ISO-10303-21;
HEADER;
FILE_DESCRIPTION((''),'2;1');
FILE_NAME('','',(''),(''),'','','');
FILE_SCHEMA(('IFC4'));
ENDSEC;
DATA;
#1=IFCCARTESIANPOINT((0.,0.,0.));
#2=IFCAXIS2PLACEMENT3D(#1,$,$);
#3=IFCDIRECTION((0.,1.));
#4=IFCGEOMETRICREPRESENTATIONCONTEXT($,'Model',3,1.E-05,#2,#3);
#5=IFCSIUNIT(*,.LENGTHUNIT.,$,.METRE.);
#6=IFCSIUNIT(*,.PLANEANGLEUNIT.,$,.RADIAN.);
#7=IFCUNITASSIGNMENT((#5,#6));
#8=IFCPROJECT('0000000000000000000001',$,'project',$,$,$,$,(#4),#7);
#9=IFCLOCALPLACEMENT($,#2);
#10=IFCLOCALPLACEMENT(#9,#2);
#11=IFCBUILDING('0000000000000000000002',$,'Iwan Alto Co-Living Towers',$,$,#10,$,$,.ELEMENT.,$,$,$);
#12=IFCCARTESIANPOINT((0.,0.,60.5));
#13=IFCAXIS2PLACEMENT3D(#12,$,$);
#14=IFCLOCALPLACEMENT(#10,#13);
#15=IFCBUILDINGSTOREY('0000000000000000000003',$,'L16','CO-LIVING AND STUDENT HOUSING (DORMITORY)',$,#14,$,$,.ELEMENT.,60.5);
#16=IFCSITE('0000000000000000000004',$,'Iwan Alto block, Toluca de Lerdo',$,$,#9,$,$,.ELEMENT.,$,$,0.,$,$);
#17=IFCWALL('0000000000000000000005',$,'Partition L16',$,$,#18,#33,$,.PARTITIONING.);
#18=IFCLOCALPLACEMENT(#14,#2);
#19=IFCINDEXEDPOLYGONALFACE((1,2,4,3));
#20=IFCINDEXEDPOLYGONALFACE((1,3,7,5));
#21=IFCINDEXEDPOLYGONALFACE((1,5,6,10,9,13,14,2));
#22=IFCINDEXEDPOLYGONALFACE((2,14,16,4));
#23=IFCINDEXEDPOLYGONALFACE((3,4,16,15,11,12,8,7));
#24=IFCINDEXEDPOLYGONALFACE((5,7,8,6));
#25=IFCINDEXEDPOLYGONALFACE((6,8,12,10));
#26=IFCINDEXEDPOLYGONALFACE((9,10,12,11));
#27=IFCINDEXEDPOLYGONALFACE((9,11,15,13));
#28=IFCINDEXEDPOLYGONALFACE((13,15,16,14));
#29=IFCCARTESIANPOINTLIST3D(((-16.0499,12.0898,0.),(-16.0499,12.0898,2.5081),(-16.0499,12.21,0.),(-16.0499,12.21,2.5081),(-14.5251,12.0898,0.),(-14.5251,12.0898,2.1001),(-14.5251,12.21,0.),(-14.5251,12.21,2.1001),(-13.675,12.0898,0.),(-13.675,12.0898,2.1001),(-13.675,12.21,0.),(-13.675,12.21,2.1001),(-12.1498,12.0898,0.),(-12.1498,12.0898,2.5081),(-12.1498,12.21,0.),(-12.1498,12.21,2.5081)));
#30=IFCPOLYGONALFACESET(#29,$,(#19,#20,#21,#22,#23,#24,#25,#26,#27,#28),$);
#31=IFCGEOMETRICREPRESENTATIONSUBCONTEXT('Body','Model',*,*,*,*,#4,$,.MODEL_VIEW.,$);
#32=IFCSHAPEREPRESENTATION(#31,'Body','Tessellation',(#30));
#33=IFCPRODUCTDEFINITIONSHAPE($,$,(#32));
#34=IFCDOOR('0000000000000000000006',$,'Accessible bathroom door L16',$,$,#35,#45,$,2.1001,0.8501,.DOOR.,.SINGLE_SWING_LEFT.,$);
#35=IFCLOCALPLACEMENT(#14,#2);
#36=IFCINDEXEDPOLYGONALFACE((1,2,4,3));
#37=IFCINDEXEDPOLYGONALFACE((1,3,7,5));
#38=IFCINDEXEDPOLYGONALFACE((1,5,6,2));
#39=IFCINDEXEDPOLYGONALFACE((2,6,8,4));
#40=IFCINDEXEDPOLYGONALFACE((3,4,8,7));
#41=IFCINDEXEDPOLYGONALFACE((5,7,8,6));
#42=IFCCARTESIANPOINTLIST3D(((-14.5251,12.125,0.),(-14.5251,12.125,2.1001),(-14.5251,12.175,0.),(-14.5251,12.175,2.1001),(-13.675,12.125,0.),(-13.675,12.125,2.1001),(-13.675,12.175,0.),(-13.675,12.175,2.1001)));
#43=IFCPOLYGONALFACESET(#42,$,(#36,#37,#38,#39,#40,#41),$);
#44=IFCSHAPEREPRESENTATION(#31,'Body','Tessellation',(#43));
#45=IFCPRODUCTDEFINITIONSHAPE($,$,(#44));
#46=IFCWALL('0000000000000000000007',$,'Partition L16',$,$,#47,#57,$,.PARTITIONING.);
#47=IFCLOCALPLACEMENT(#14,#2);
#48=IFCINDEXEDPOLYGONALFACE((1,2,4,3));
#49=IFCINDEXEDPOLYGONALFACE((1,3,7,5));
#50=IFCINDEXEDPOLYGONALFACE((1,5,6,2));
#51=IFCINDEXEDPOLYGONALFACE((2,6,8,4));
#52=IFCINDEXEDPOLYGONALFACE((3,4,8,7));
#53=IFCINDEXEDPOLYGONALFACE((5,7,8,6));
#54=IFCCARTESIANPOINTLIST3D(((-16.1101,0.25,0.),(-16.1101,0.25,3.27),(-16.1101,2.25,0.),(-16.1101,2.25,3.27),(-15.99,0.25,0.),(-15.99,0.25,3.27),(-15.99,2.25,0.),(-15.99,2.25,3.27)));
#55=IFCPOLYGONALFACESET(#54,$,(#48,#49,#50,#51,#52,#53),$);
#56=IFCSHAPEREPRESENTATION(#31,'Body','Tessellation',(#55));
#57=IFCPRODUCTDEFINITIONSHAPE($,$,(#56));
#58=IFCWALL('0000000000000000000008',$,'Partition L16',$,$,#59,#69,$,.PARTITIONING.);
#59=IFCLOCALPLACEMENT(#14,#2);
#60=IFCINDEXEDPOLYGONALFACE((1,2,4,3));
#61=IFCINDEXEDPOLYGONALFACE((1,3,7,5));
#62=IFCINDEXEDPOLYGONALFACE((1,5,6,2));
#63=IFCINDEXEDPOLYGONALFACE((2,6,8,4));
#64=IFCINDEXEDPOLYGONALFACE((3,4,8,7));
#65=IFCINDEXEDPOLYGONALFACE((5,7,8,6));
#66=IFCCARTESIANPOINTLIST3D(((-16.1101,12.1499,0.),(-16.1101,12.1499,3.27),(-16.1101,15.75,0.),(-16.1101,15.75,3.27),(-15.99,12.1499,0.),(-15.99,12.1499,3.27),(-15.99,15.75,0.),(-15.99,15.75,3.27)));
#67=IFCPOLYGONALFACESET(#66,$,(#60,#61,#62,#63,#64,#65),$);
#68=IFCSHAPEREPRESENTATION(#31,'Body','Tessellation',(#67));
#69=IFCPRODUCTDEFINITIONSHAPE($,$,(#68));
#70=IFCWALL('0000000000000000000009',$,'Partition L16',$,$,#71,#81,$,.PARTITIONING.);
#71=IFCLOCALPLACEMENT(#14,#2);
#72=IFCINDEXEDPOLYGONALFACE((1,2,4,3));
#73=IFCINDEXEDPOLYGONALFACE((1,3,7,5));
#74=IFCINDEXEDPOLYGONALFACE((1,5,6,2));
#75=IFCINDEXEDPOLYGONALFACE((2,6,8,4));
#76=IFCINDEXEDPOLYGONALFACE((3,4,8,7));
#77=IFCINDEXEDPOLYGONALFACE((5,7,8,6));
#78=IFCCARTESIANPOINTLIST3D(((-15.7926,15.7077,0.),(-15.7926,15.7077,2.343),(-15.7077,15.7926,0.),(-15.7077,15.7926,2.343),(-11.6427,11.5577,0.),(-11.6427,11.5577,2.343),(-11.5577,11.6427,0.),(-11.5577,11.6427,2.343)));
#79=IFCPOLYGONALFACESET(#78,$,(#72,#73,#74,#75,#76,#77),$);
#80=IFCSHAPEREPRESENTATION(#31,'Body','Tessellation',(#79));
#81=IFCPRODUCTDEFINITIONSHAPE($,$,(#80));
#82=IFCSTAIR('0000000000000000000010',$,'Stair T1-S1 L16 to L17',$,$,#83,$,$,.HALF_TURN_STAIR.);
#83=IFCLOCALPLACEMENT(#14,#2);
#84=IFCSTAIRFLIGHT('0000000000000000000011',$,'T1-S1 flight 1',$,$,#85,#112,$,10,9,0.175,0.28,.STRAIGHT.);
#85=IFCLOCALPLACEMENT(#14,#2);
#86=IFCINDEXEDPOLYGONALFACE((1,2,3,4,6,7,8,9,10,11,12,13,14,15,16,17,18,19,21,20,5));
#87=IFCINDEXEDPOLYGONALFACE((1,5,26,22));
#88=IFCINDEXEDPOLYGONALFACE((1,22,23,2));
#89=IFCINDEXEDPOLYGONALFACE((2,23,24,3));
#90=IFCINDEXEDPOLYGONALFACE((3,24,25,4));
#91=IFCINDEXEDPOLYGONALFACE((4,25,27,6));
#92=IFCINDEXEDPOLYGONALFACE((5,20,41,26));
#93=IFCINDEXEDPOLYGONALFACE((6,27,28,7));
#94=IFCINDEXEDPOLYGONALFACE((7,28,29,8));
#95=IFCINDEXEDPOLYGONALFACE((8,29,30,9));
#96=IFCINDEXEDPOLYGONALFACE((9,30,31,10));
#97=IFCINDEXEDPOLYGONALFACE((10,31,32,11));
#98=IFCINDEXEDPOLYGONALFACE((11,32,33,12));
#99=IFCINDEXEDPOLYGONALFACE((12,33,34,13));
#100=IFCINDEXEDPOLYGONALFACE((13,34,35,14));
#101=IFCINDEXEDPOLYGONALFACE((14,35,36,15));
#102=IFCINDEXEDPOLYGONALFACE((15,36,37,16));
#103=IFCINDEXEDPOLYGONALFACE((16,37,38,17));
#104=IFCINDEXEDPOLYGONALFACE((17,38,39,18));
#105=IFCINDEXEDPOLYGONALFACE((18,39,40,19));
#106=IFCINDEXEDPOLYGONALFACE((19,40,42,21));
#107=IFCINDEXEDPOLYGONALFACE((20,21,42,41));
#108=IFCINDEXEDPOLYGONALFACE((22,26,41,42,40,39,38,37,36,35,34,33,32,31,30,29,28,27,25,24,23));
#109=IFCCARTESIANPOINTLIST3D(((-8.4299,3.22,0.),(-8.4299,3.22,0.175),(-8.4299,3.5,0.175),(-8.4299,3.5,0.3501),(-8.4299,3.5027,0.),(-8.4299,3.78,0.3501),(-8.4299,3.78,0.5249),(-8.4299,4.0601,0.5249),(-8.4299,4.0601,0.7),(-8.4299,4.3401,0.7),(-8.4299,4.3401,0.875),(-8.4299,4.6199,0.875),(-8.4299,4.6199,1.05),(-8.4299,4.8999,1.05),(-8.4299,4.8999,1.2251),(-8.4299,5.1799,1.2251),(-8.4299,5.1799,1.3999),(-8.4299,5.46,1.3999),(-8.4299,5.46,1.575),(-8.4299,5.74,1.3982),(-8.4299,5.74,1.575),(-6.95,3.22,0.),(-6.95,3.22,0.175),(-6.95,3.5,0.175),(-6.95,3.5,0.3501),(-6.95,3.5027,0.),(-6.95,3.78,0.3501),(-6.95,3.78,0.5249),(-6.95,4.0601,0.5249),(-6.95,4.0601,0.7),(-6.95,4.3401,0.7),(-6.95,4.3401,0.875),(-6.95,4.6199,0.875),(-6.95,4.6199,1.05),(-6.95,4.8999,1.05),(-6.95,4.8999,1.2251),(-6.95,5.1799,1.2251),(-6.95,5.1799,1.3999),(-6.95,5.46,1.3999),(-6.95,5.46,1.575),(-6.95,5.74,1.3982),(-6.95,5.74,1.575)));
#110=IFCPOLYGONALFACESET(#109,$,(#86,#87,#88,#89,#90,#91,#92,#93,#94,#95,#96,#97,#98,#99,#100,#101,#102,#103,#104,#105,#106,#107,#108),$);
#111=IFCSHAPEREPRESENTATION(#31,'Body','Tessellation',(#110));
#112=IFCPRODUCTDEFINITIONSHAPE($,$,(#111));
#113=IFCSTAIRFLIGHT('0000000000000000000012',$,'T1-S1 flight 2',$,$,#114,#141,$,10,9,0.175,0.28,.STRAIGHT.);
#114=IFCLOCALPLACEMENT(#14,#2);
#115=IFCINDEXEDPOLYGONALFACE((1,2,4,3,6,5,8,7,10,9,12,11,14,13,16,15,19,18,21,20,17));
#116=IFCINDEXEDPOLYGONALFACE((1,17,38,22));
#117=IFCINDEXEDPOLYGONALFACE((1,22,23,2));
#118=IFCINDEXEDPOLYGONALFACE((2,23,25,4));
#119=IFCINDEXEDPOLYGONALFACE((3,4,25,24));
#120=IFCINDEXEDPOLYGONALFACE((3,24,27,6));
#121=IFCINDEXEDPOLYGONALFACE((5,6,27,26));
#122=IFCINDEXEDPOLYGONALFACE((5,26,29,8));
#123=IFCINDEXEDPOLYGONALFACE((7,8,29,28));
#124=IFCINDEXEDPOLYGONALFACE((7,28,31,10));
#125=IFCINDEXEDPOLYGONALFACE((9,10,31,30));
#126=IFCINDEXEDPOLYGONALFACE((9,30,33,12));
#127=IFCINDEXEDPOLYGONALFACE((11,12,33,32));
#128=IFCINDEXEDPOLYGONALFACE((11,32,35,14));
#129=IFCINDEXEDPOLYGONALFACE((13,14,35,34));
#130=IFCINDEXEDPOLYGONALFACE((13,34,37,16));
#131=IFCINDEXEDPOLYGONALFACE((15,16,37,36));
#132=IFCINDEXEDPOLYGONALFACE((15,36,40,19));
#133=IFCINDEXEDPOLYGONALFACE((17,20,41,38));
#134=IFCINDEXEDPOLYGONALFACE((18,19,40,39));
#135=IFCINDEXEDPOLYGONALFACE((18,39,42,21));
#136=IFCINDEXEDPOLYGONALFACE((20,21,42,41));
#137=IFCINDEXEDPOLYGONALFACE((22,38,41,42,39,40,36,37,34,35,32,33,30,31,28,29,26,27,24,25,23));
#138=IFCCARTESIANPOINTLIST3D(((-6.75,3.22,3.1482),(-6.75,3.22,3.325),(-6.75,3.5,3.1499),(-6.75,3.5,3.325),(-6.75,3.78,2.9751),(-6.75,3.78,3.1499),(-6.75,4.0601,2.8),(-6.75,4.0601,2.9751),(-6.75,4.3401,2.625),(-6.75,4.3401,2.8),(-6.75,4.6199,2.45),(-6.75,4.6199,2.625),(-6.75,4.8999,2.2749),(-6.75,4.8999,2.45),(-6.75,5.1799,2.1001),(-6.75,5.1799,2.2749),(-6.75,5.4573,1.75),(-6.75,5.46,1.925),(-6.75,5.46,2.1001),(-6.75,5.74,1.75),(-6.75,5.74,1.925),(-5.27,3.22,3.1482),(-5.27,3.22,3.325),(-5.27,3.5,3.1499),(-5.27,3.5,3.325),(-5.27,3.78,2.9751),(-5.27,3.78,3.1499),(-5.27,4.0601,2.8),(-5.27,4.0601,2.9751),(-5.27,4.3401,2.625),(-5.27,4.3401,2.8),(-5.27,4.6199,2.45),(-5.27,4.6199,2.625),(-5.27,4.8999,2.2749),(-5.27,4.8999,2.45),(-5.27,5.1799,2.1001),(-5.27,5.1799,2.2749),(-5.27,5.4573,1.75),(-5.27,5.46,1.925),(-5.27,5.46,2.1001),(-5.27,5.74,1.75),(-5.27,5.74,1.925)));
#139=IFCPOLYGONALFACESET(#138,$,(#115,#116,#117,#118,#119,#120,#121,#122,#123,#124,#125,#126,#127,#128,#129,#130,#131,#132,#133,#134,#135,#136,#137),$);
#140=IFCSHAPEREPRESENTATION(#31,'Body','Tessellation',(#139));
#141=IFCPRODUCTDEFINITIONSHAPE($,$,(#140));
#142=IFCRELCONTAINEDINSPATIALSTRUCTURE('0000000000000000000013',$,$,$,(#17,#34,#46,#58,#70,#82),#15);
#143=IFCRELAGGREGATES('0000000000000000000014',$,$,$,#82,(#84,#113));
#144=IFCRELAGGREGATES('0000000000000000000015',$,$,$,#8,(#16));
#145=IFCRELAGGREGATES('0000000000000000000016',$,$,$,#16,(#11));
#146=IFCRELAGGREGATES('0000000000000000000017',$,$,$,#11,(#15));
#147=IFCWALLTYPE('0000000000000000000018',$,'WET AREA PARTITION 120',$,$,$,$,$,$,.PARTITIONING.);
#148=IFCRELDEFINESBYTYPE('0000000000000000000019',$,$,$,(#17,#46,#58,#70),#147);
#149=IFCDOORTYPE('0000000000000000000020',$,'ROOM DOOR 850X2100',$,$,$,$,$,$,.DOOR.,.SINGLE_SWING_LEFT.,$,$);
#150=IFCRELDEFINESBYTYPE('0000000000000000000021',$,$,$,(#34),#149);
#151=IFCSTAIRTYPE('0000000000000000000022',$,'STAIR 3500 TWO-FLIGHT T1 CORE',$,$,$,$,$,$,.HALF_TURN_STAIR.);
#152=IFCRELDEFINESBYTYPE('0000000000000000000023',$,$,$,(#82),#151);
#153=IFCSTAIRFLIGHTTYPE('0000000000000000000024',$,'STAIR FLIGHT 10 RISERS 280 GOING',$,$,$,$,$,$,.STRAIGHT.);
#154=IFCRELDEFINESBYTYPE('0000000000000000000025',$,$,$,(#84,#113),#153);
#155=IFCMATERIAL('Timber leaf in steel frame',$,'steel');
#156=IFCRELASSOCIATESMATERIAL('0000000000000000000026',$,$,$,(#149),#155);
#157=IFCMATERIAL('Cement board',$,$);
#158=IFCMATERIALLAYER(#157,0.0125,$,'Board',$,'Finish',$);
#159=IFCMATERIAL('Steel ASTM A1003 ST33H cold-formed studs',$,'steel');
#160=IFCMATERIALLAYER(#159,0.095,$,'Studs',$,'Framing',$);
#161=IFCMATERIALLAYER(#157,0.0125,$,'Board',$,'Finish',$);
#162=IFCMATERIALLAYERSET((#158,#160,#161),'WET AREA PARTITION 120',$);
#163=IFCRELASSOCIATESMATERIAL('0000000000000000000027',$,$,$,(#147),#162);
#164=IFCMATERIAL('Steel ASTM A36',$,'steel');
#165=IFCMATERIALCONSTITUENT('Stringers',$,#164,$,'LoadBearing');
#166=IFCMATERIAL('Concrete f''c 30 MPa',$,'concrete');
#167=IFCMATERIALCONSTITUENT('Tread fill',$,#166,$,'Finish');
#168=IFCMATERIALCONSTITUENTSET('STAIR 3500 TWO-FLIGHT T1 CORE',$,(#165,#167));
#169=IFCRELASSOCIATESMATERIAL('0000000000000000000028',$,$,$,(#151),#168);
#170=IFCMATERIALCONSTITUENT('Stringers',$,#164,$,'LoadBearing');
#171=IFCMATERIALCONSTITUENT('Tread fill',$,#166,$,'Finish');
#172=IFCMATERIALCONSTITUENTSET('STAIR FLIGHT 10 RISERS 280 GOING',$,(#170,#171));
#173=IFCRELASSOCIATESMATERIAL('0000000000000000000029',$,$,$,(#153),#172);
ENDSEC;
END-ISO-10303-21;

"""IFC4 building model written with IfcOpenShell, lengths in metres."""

from ifc_helpers import new_model, si_unit, direction, frame, frame_2d, origin, place, context, subcontext, project, spatial, polyline, rectangle, outline, extrude, material, layer, layer_set, constituent, constituent_set, type_object, element, fill, aggregate, save


model = new_model("IFC4")

# Units and contexts
model_context = context("Model", 3, precision=1e-05, world=origin(), true_north=direction((0.0, 1.0)))
body_context = subcontext(model_context, "Body", "Model", "MODEL_VIEW")
ifc_project = project(units=[si_unit("LENGTHUNIT", "METRE"), si_unit("PLANEANGLEUNIT", "RADIAN")], contexts=[model_context])

# Site, building, storey
site_placement = place(None, origin())
site = spatial("IfcSite", under=ifc_project, at=site_placement, Name="Iwan Alto block, Toluca de Lerdo", CompositionType="ELEMENT", RefElevation=0.0)
building_placement = place(site_placement, origin())
building = spatial("IfcBuilding", under=site, at=building_placement, Name="Iwan Alto Co-Living Towers", CompositionType="ELEMENT")
storey_placement = place(building_placement, frame((0.0, 0.0, 60.5)))
storey = spatial("IfcBuildingStorey", under=building, at=storey_placement, Name="L16", Description="CO-LIVING AND STUDENT HOUSING (DORMITORY)", CompositionType="ELEMENT", Elevation=60.5)

# Shared definitions
ifc_material_1 = material(Name="Steel ASTM A1003 ST33H cold-formed studs", Category="steel")

# Shared definitions
ifc_material_2 = material(Name="Timber leaf in steel frame", Category="steel")
door_type_1 = type_object("IfcDoorType", Name="ROOM DOOR 850X2100", OperationType="SINGLE_SWING_LEFT", PredefinedType="DOOR", material=ifc_material_2)

# Wall, opening, door
ifc_material_3 = material(Name="Cement board")
ifc_layer_1 = layer(ifc_material_3, 0.0125, Name="Board", Category="Finish")
ifc_layer_2 = layer(ifc_material_1, 0.095, Name="Studs", Category="Framing")
ifc_layer_3 = layer(ifc_material_3, 0.0125, Name="Board", Category="Finish")
ifc_layer_set_1 = layer_set([ifc_layer_1, ifc_layer_2, ifc_layer_3], Name="WET AREA PARTITION 120")
wall_type_1 = type_object("IfcWallType", Name="WET AREA PARTITION 120", PredefinedType="PARTITIONING", material=ifc_layer_set_1)
wall_1_placement = place(storey_placement, frame((-16.05, 12.1499, 0.0), z_axis=(0.0, 0.0, 1.0), x_axis=(1.0, 0.0, 0.0)))
wall_1 = element("IfcWall", 1, at=wall_1_placement, inside=storey, type_object=wall_type_1, Name="Partition L16", PredefinedType="PARTITIONING", context=body_context, shape_type="SweptSolid", body=[
    extrude(rectangle(XDim=3.9001, YDim=0.1201, at=frame_2d((1.9502, 0.0))), origin(), (0.0, 0.0, 1.0), 2.5081),
])
opening_1_placement = place(wall_1_placement, frame((1.5249, 0.0, 0.0)))
opening_1 = element("IfcOpeningElement", 2, at=opening_1_placement, cuts=wall_1, PredefinedType="OPENING", context=body_context, shape_type="SweptSolid", body=[
    extrude(rectangle(XDim=0.8501, YDim=2.1001, at=frame_2d((0.425, 1.05))), frame((0.0, 0.0701, 0.0), z_axis=(0.0, -1.0, 0.0), x_axis=(1.0, 0.0, 0.0)), (0.0, 0.0, 1.0), 0.1401),
])
door_1_placement = place(opening_1_placement, frame((0.8501, 0.0, 0.0), z_axis=(0.0, 0.0, 1.0), x_axis=(-1.0, 0.0, 0.0)))
door_1 = element("IfcDoor", 3, at=door_1_placement, inside=storey, type_object=door_type_1, Name="Accessible bathroom door L16", OperationType="SINGLE_SWING_LEFT", OverallHeight=2.1001, OverallWidth=0.8501, PredefinedType="DOOR", context=body_context, shape_type="SweptSolid", body=[
    extrude(rectangle(XDim=0.8501, YDim=2.1001, at=frame_2d((0.425, 1.05))), frame((0.0, 0.0249, 0.0), z_axis=(0.0, -1.0, 0.0), x_axis=(1.0, 0.0, 0.0)), (0.0, 0.0, 1.0), 0.05),
])
fill(opening_1, door_1)

# Walls
wall_2_placement = place(storey_placement, frame((-16.05, 0.25, 0.0), z_axis=(0.0, 0.0, 1.0), x_axis=(0.0, 1.0, 0.0)))
element("IfcWall", 4, at=wall_2_placement, inside=storey, type_object=wall_type_1, Name="Partition L16", PredefinedType="PARTITIONING", context=body_context, shape_type="SweptSolid", body=[
    extrude(rectangle(XDim=2.0, YDim=0.1201, at=frame_2d((1.0, 0.0))), origin(), (0.0, 0.0, 1.0), 3.27),
])
wall_3_placement = place(storey_placement, frame((-16.05, 12.1499, 0.0), z_axis=(0.0, 0.0, 1.0), x_axis=(0.0, 1.0, 0.0)))
element("IfcWall", 5, at=wall_3_placement, inside=storey, type_object=wall_type_1, Name="Partition L16", PredefinedType="PARTITIONING", context=body_context, shape_type="SweptSolid", body=[
    extrude(rectangle(XDim=3.6001, YDim=0.1201, at=frame_2d((1.8, 0.0))), origin(), (0.0, 0.0, 1.0), 3.27),
])
wall_4_placement = place(storey_placement, frame((-11.6001, 11.6001, 0.0), z_axis=(0.0, 0.0, 1.0), x_axis=(-0.707107, 0.707107, 0.0)))
element("IfcWall", 6, at=wall_4_placement, inside=storey, type_object=wall_type_1, Name="Partition L16", PredefinedType="PARTITIONING", context=body_context, shape_type="SweptSolid", body=[
    extrude(rectangle(XDim=5.8689, YDim=0.1201, at=frame_2d((2.9346, 0.0))), origin(), (0.0, 0.0, 1.0), 2.343),
])

# Stair, stair flights
ifc_material_4 = material(Name="Steel ASTM A36", Category="steel")
ifc_constituent_1 = constituent(ifc_material_4, Name="Stringers", Category="LoadBearing")
ifc_material_5 = material(Name="Concrete f'c 30 MPa", Category="concrete")
ifc_constituent_2 = constituent(ifc_material_5, Name="Tread fill", Category="Finish")
ifc_constituent_set_1 = constituent_set(constituents=[ifc_constituent_1, ifc_constituent_2], Name="STAIR 3500 TWO-FLIGHT T1 CORE")
stair_type = type_object("IfcStairType", Name="STAIR 3500 TWO-FLIGHT T1 CORE", PredefinedType="HALF_TURN_STAIR", material=ifc_constituent_set_1)
stair_placement = place(storey_placement, origin())
stair = element("IfcStair", 7, at=stair_placement, inside=storey, type_object=stair_type, Name="Stair T1-S1 L16 to L17", PredefinedType="HALF_TURN_STAIR")
ifc_constituent_3 = constituent(ifc_material_4, Name="Stringers", Category="LoadBearing")
ifc_constituent_4 = constituent(ifc_material_5, Name="Tread fill", Category="Finish")
ifc_constituent_set_2 = constituent_set(constituents=[ifc_constituent_3, ifc_constituent_4], Name="STAIR FLIGHT 10 RISERS 280 GOING")
stair_flight_type = type_object("IfcStairFlightType", Name="STAIR FLIGHT 10 RISERS 280 GOING", PredefinedType="STRAIGHT", material=ifc_constituent_set_2)
stair_flight_1_placement = place(storey_placement, frame((-7.6899, 3.22, 0.0), z_axis=(0.0, 0.0, 1.0), x_axis=(0.0, 1.0, 0.0)))
stair_flight_1 = element("IfcStairFlight", 8, at=stair_flight_1_placement, type_object=stair_flight_type, Name="T1-S1 flight 1", NumberOfRisers=10, NumberOfTreads=9, PredefinedType="STRAIGHT", RiserHeight=0.175, TreadLength=0.28, context=body_context, shape_type="SweptSolid", body=[
    extrude(outline(polyline([(0.0, 0.0), (0.0, 0.175), (0.28, 0.175), (0.28, 0.3501), (0.5601, 0.3501), (0.5601, 0.5249), (0.8401, 0.5249), (0.8401, 0.7), (1.1201, 0.7), (1.1201, 0.875), (1.3999, 0.875), (1.3999, 1.05), (1.6799, 1.05), (1.6799, 1.2251), (1.96, 1.2251), (1.96, 1.3999), (2.24, 1.3999), (2.24, 1.575), (2.52, 1.575), (2.52, 1.75), (2.52, 1.3982), (0.2827, 0.0), (0.0, 0.0)])), frame((0.0, 0.74, 0.0), z_axis=(0.0, -1.0, 0.0), x_axis=(1.0, 0.0, 0.0)), (0.0, 0.0, 1.0), 1.48),
])
stair_flight_2_placement = place(storey_placement, frame((-6.01, 5.74, 1.75), z_axis=(0.0, 0.0, 1.0), x_axis=(0.0, -1.0, 0.0)))
stair_flight_2 = element("IfcStairFlight", 9, at=stair_flight_2_placement, type_object=stair_flight_type, Name="T1-S1 flight 2", NumberOfRisers=10, NumberOfTreads=9, PredefinedType="STRAIGHT", RiserHeight=0.175, TreadLength=0.28, context=body_context, shape_type="SweptSolid", body=[
    extrude(outline(polyline([(0.0, 0.0), (0.0, 0.175), (0.28, 0.175), (0.28, 0.3501), (0.5601, 0.3501), (0.5601, 0.5249), (0.8401, 0.5249), (0.8401, 0.7), (1.1201, 0.7), (1.1201, 0.875), (1.3999, 0.875), (1.3999, 1.05), (1.6799, 1.05), (1.6799, 1.2251), (1.96, 1.2251), (1.96, 1.3999), (2.24, 1.3999), (2.24, 1.575), (2.52, 1.575), (2.52, 1.75), (2.52, 1.3982), (0.2827, 0.0), (0.0, 0.0)])), frame((0.0, 0.74, 0.0), z_axis=(0.0, -1.0, 0.0), x_axis=(1.0, 0.0, 0.0)), (0.0, 0.0, 1.0), 1.48),
])
aggregate(stair, [stair_flight_1, stair_flight_2])

save(model, "model.ifc")
